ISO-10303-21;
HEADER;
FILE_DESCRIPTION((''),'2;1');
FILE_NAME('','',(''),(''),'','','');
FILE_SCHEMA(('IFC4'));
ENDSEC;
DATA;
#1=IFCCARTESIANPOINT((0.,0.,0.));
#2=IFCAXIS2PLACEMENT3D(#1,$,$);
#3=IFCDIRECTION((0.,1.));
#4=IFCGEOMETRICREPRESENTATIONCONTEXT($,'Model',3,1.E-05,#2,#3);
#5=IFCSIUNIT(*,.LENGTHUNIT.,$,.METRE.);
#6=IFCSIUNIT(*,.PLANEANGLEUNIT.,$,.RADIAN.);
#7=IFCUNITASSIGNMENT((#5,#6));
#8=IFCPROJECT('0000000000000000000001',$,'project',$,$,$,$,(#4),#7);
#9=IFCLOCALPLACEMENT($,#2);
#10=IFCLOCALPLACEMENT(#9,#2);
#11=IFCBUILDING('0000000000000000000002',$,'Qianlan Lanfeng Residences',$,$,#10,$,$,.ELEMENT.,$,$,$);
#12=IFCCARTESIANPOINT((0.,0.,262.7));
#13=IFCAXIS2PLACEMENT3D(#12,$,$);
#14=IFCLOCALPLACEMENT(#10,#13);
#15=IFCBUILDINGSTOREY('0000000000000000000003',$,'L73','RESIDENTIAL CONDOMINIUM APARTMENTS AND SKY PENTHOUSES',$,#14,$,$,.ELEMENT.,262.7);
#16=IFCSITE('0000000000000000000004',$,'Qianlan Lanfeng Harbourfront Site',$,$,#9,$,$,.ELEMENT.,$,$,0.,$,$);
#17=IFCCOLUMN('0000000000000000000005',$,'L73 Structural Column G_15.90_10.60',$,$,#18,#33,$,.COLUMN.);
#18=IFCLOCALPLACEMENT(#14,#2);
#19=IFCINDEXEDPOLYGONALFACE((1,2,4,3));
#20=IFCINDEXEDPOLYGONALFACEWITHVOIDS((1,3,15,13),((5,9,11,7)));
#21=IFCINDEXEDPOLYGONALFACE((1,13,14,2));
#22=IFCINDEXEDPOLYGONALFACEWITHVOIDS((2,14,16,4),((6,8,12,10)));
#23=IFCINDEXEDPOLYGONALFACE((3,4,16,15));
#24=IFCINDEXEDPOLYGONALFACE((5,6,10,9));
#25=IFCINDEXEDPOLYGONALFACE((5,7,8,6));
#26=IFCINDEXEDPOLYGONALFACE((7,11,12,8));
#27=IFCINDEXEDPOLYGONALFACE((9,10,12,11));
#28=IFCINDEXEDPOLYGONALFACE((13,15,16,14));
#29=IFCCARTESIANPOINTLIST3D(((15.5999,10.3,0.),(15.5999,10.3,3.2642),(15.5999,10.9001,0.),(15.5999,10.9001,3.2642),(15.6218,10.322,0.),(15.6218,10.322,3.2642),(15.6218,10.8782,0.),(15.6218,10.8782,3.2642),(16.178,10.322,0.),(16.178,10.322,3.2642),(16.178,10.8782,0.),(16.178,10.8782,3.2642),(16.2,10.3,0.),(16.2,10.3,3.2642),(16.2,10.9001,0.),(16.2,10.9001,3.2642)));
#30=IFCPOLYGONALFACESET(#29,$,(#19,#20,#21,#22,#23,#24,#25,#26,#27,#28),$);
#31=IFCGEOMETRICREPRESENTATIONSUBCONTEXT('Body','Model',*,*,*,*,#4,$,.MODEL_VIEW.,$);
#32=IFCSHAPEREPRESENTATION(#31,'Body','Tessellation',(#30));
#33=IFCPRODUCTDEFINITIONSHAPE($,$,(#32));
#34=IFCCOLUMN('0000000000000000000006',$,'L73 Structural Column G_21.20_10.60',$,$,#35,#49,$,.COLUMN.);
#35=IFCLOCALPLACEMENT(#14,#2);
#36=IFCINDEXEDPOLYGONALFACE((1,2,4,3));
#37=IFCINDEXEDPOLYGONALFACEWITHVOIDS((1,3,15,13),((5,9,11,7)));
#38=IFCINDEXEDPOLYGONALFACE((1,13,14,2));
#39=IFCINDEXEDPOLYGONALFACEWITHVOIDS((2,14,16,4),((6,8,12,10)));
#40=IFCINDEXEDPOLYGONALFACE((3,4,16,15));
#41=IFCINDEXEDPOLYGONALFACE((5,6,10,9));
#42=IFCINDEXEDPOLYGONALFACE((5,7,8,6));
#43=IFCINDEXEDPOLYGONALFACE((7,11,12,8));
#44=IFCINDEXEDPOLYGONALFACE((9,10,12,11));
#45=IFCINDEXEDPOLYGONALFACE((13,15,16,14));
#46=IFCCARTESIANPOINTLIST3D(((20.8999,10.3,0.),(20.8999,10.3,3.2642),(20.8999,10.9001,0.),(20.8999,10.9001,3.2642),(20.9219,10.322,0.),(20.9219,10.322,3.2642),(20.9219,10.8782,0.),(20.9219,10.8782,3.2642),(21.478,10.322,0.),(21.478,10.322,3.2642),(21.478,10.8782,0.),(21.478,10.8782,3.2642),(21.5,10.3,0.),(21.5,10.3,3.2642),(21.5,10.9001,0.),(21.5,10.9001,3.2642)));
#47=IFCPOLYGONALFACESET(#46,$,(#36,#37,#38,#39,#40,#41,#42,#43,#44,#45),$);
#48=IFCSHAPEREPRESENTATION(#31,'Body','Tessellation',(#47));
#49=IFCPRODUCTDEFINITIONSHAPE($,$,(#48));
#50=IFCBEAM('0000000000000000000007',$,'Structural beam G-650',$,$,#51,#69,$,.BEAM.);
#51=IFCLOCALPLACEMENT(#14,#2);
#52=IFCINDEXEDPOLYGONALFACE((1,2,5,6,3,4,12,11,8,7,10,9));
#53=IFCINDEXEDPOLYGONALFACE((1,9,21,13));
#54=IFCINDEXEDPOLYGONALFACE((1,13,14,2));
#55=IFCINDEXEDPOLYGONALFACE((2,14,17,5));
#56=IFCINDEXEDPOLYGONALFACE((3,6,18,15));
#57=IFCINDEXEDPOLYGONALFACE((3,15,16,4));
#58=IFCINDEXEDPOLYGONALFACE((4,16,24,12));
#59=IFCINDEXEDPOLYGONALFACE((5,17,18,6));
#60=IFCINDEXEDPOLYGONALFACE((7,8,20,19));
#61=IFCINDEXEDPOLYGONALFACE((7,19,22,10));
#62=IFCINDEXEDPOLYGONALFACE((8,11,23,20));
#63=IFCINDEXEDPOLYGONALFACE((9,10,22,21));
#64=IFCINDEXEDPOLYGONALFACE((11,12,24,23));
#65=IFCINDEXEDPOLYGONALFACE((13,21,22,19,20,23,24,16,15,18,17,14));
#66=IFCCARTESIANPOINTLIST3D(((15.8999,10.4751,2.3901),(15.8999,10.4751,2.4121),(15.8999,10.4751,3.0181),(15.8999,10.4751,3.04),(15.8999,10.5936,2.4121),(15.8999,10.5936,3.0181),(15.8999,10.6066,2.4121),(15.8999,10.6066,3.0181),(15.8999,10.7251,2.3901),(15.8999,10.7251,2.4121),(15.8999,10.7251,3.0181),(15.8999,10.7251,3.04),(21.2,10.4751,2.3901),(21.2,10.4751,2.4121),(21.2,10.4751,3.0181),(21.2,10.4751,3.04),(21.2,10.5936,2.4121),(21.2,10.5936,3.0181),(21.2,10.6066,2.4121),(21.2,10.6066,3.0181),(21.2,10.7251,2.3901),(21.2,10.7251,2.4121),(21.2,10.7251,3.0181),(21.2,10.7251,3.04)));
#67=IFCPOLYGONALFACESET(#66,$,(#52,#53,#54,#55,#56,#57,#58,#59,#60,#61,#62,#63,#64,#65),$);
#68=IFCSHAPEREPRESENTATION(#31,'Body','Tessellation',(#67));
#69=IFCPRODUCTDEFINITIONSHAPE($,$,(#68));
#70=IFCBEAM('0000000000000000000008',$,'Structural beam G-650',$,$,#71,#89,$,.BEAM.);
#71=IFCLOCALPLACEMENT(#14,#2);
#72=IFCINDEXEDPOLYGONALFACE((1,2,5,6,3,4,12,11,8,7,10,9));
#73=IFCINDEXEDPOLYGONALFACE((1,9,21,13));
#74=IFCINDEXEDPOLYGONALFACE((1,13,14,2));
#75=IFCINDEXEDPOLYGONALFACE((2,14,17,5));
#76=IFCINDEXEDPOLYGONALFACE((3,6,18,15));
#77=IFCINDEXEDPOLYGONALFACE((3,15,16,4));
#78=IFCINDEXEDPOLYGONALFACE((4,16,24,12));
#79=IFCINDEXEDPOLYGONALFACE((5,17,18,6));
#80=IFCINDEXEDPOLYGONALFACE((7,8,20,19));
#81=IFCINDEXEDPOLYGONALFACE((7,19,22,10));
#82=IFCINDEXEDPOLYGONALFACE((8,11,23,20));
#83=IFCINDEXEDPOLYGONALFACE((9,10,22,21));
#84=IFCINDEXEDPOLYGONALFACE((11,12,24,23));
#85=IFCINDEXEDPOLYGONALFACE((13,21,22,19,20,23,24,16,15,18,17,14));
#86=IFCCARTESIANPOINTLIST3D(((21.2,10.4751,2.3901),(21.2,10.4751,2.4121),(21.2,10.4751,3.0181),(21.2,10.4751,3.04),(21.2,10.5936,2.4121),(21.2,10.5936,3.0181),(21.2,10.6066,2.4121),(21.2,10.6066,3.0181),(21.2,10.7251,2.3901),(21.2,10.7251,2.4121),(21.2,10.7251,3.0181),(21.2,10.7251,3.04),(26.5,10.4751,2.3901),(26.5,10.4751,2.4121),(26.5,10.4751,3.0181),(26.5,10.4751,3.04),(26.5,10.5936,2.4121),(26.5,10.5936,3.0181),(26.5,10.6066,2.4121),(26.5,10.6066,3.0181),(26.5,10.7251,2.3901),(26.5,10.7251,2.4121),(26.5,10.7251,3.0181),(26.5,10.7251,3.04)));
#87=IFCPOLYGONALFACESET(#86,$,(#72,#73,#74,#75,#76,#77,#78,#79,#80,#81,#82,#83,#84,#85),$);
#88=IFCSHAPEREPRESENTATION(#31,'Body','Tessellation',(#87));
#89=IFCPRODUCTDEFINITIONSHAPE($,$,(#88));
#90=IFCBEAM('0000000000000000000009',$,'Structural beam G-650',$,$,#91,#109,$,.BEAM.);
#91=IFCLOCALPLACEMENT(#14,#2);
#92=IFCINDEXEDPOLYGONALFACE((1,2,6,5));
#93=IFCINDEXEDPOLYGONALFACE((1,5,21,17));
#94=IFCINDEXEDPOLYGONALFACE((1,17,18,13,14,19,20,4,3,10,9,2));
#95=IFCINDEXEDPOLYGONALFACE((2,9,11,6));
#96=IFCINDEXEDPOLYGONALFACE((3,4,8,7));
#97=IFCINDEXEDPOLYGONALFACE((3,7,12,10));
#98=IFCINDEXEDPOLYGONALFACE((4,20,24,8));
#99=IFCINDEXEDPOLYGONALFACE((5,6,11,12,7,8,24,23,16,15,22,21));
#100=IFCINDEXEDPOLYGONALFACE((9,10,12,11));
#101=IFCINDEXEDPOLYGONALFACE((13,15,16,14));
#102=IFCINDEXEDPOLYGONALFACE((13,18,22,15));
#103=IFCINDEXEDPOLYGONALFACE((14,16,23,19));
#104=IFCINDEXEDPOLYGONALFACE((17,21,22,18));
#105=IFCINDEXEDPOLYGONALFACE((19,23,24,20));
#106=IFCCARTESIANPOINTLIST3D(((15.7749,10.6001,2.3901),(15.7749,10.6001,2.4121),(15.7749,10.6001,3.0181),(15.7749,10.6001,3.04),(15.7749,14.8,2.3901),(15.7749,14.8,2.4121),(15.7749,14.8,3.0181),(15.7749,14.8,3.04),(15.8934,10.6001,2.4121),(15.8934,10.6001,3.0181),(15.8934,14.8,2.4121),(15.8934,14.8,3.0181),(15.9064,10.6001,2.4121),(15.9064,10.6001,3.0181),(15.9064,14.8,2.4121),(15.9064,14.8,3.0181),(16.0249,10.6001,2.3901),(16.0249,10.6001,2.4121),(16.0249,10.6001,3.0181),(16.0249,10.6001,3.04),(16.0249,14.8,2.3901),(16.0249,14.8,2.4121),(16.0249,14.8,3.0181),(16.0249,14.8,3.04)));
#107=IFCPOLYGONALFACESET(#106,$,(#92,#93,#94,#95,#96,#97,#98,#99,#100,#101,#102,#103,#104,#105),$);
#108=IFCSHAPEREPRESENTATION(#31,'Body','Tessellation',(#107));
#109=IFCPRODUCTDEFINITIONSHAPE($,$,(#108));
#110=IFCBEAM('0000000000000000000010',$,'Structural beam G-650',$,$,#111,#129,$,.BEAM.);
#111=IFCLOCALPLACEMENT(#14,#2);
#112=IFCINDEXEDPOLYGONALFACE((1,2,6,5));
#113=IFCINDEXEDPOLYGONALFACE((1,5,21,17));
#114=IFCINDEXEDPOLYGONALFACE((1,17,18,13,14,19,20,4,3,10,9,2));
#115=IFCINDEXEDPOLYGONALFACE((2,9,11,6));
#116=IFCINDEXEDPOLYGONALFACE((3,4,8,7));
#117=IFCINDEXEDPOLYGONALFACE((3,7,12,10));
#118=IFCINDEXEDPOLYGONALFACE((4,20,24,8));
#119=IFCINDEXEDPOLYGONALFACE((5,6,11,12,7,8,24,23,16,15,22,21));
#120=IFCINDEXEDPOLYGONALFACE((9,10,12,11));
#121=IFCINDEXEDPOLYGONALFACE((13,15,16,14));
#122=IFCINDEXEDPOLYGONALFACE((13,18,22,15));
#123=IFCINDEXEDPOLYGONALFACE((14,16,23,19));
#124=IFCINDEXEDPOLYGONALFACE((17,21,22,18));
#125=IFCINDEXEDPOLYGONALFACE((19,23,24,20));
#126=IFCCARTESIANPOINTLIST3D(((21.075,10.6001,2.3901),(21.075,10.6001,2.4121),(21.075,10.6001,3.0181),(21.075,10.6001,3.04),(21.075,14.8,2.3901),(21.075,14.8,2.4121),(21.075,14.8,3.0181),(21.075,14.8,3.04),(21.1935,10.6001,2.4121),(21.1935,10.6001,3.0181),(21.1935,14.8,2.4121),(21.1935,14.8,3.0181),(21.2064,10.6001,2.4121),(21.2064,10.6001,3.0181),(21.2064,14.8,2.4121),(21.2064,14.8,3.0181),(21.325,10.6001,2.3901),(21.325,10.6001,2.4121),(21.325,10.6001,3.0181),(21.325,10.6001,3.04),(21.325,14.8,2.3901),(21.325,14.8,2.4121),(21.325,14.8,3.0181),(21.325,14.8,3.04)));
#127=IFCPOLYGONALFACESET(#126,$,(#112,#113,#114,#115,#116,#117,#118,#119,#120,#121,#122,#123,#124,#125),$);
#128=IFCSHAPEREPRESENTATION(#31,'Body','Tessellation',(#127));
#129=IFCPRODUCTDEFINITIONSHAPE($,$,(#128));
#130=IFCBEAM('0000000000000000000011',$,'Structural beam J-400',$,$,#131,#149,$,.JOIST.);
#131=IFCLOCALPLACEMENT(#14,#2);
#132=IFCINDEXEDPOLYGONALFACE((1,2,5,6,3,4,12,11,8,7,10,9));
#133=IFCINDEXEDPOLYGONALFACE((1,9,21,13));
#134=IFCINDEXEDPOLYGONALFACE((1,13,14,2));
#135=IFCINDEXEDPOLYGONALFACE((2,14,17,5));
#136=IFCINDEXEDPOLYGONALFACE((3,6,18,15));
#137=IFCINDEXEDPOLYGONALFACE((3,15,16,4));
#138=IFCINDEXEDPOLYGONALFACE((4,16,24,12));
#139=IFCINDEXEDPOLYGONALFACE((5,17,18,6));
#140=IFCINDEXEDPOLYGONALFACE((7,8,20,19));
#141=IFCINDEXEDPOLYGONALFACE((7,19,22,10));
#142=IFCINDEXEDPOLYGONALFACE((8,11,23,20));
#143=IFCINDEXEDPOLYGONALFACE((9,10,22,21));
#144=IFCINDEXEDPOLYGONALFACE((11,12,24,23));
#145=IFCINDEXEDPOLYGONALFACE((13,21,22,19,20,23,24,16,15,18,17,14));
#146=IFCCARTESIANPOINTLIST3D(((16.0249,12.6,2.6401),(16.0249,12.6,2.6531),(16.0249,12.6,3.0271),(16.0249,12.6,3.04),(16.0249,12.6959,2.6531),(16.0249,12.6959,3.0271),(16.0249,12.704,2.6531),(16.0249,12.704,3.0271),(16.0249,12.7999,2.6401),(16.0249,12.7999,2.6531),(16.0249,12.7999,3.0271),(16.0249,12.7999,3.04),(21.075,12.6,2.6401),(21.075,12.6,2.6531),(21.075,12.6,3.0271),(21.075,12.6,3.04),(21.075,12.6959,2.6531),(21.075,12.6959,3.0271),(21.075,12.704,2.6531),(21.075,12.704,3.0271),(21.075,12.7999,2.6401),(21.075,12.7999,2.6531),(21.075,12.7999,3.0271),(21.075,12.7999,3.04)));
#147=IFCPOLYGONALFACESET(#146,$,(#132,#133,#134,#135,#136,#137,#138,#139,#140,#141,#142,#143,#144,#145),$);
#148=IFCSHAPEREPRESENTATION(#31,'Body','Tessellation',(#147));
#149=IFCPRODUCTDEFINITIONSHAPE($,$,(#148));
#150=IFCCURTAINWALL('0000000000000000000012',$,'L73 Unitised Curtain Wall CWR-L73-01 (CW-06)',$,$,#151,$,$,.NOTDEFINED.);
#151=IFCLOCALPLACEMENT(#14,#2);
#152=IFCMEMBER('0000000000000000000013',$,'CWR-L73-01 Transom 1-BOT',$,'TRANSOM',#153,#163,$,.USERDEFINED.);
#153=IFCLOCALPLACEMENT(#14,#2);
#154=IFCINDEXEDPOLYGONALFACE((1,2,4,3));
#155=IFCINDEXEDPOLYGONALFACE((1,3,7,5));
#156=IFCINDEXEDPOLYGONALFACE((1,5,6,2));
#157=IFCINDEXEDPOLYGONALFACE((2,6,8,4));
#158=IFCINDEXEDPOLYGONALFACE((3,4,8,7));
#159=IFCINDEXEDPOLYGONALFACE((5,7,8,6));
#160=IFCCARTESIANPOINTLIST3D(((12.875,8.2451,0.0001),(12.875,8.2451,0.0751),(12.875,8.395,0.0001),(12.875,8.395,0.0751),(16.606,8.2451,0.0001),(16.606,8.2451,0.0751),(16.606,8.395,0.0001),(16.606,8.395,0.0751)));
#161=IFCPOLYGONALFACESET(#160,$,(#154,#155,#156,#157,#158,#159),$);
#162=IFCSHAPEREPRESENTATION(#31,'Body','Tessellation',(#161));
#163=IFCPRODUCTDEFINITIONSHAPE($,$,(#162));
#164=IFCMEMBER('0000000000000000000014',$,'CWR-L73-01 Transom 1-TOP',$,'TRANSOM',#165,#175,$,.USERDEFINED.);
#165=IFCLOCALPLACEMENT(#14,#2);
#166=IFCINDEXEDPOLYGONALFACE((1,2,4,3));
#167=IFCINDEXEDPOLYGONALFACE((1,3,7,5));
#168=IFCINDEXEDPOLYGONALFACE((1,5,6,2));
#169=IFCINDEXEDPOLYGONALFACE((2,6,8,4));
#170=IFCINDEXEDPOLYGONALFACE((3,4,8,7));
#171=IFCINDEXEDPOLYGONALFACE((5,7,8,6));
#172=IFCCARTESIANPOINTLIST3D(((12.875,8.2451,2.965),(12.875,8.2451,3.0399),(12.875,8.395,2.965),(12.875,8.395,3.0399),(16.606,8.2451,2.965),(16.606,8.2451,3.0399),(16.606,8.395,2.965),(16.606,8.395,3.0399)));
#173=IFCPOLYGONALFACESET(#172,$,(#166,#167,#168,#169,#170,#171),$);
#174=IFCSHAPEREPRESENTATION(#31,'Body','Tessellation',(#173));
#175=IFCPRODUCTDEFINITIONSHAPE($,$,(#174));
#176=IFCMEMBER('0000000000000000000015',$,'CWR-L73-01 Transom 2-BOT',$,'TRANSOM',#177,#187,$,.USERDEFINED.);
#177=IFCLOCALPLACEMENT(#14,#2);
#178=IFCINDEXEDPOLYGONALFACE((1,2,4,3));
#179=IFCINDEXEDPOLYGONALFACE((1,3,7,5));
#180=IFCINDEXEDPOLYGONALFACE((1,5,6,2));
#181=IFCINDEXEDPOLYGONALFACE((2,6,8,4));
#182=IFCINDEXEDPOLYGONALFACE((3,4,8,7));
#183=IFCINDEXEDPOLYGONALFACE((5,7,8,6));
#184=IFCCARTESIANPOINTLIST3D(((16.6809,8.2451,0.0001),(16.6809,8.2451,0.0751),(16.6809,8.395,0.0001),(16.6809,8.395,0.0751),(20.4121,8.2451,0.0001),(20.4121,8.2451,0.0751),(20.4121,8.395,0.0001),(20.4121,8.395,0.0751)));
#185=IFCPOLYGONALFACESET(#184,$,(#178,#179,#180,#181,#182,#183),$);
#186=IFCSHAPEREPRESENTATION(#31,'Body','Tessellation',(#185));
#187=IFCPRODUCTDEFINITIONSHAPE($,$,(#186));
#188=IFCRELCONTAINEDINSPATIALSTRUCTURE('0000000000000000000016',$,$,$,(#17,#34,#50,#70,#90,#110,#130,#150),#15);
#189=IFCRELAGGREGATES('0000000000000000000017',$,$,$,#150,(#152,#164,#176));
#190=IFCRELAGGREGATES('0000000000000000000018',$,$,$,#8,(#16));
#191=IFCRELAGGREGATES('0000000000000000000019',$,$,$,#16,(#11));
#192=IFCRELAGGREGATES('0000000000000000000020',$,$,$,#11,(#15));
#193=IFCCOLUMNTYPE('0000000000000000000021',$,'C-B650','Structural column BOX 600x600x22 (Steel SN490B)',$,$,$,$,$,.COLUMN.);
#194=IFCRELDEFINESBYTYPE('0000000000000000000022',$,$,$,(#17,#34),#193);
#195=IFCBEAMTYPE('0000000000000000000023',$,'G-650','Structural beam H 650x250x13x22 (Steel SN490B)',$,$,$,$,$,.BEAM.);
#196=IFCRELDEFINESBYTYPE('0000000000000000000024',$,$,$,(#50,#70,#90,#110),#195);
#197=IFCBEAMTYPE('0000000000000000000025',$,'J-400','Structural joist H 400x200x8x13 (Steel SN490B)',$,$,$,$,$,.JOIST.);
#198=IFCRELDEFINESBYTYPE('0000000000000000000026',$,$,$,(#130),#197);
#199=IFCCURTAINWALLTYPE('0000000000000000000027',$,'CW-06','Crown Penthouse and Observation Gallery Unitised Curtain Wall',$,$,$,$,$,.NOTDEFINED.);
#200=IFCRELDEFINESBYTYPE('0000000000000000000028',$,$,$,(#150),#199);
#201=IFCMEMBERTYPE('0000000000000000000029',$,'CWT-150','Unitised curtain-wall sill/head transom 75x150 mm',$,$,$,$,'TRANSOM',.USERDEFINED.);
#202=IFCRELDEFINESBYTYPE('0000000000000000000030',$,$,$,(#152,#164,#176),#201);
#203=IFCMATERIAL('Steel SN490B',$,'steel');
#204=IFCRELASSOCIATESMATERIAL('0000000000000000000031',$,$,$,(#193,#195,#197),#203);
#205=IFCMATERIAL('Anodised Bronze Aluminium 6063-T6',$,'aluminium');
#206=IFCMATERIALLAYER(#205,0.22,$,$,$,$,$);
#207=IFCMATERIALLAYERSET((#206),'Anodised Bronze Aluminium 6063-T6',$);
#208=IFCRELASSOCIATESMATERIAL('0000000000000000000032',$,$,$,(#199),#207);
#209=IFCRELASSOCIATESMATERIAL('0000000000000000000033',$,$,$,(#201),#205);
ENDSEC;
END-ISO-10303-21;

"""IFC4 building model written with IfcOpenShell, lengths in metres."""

from ifc_helpers import new_model, si_unit, direction, frame, origin, origin_2d, place, context, subcontext, project, spatial, rectangle, hollow_rectangle, i_section, extrude, source, transform, mapped, material, layer, layer_set, material_profile, profile_set, type_object, element, aggregate, save


model = new_model("IFC4")

# Units and contexts
model_context = context("Model", 3, precision=1e-05, world=origin(), true_north=direction((0.0, 1.0)))
body_context = subcontext(model_context, "Body", "Model", "MODEL_VIEW")
ifc_project = project(units=[si_unit("LENGTHUNIT", "METRE"), si_unit("PLANEANGLEUNIT", "RADIAN")], contexts=[model_context])

# Site, building, storey
site_placement = place(None, origin())
site = spatial("IfcSite", under=ifc_project, at=site_placement, Name="Qianlan Lanfeng Harbourfront Site", CompositionType="ELEMENT", RefElevation=0.0)
building_placement = place(site_placement, origin())
building = spatial("IfcBuilding", under=site, at=building_placement, Name="Qianlan Lanfeng Residences", CompositionType="ELEMENT")
storey_placement = place(building_placement, frame((0.0, 0.0, 262.7)))
storey = spatial("IfcBuildingStorey", under=building, at=storey_placement, Name="L73", Description="RESIDENTIAL CONDOMINIUM APARTMENTS AND SKY PENTHOUSES", CompositionType="ELEMENT", Elevation=262.7)

# Columns
ifc_material_1 = material(Name="Steel SN490B", Category="steel")
ifc_material_profile_1 = material_profile(ifc_material_1, hollow_rectangle(XDim=0.6001, YDim=0.6001, WallThickness=0.022, at=origin_2d()), Name="BOX 600x600x22")
ifc_profile_set_1 = profile_set([ifc_material_profile_1], Name="Steel SN490B")
column_type = type_object("IfcColumnType", Name="C-B650", Description="Structural column BOX 600x600x22 (Steel SN490B)", PredefinedType="COLUMN", material=ifc_profile_set_1)
for number, where, z_axis, x_axis, name in (
    (1, (15.8999, 10.6001, 0.0), (0.0, 0.0, 1.0), (1.0, 0.0, 0.0), "L73 Structural Column G_15.90_10.60"),
    (2, (21.2, 10.6001, 0.0), (0.0, 0.0, 1.0), (1.0, 0.0, 0.0), "L73 Structural Column G_21.20_10.60"),
):
    element("IfcColumn", number, at=place(storey_placement, frame(where, z_axis=z_axis, x_axis=x_axis)), inside=storey, type_object=column_type, Name=name, PredefinedType="COLUMN", context=body_context, shape_type="SweptSolid", body=[
        extrude(hollow_rectangle(XDim=0.6001, YDim=0.6001, WallThickness=0.022, at=origin_2d()), origin(), (0.0, 0.0, 1.0), 3.2642),
    ])

# Beams
ifc_material_profile_2 = material_profile(ifc_material_1, i_section(OverallWidth=0.25, OverallDepth=0.6499, WebThickness=0.0129, FlangeThickness=0.022, at=origin_2d()), Name="H 650x250x13x22")
ifc_profile_set_2 = profile_set([ifc_material_profile_2], Name="Steel SN490B")
beam_type_1 = type_object("IfcBeamType", Name="G-650", Description="Structural beam H 650x250x13x22 (Steel SN490B)", PredefinedType="BEAM", material=ifc_profile_set_2)
for number, where, z_axis, x_axis, name in (
    (3, (15.8999, 10.6001, 2.7151), (1.0, 0.0, 0.0), (0.0, 1.0, 0.0), "Structural beam G-650"),
    (4, (21.2, 10.6001, 2.7151), (1.0, 0.0, 0.0), (0.0, 1.0, 0.0), "Structural beam G-650"),
):
    element("IfcBeam", number, at=place(storey_placement, frame(where, z_axis=z_axis, x_axis=x_axis)), inside=storey, type_object=beam_type_1, Name=name, PredefinedType="BEAM", context=body_context, shape_type="SweptSolid", body=[
        extrude(i_section(OverallWidth=0.25, OverallDepth=0.6499, WebThickness=0.0129, FlangeThickness=0.022, at=origin_2d()), origin(), (0.0, 0.0, 1.0), 5.3),
    ])
for number, where, z_axis, x_axis, name in (
    (5, (15.8999, 10.6001, 2.7151), (0.0, 1.0, 0.0), (-1.0, 0.0, 0.0), "Structural beam G-650"),
    (6, (21.2, 10.6001, 2.7151), (0.0, 1.0, 0.0), (-1.0, 0.0, 0.0), "Structural beam G-650"),
):
    element("IfcBeam", number, at=place(storey_placement, frame(where, z_axis=z_axis, x_axis=x_axis)), inside=storey, type_object=beam_type_1, Name=name, PredefinedType="BEAM", context=body_context, shape_type="SweptSolid", body=[
        extrude(i_section(OverallWidth=0.25, OverallDepth=0.6499, WebThickness=0.0129, FlangeThickness=0.022, at=origin_2d()), origin(), (0.0, 0.0, 1.0), 4.2),
    ])
ifc_material_profile_3 = material_profile(ifc_material_1, i_section(OverallWidth=0.2, OverallDepth=0.3999, WebThickness=0.0081, FlangeThickness=0.0129, at=origin_2d()), Name="H 400x200x8x13")
ifc_profile_set_3 = profile_set([ifc_material_profile_3], Name="Steel SN490B")
beam_type_2 = type_object("IfcBeamType", Name="J-400", Description="Structural joist H 400x200x8x13 (Steel SN490B)", PredefinedType="JOIST", material=ifc_profile_set_3)
beam_placement = place(storey_placement, frame((16.0249, 12.7, 2.8401), z_axis=(1.0, 0.0, 0.0), x_axis=(0.0, 1.0, 0.0)))
element("IfcBeam", 7, at=beam_placement, inside=storey, type_object=beam_type_2, Name="Structural beam J-400", PredefinedType="JOIST", context=body_context, shape_type="SweptSolid", body=[
    extrude(i_section(OverallWidth=0.2, OverallDepth=0.3999, WebThickness=0.0081, FlangeThickness=0.0129, at=origin_2d()), origin(), (0.0, 0.0, 1.0), 5.05),
])

# Curtain wall, members
ifc_material_2 = material(Name="Anodised Bronze Aluminium 6063-T6", Category="aluminium")
ifc_layer_1 = layer(ifc_material_2, 0.22)
ifc_layer_set_1 = layer_set([ifc_layer_1], Name="Anodised Bronze Aluminium 6063-T6")
curtain_wall_type = type_object("IfcCurtainWallType", Name="CW-06", Description="Crown Penthouse and Observation Gallery Unitised Curtain Wall", PredefinedType="NOTDEFINED", material=ifc_layer_set_1)
curtain_wall_1_placement = place(storey_placement, origin())
curtain_wall_1 = element("IfcCurtainWall", 8, at=curtain_wall_1_placement, inside=storey, type_object=curtain_wall_type, Name="L73 Unitised Curtain Wall CWR-L73-01 (CW-06)", PredefinedType="NOTDEFINED")
ifc_material_profile_4 = material_profile(ifc_material_2, rectangle(XDim=0.075, YDim=0.1499, at=origin_2d()), Name="ALU TRANSOM 75x150")
ifc_profile_set_4 = profile_set([ifc_material_profile_4], Name="Anodised Bronze Aluminium 6063-T6")
member_type_1 = type_object("IfcMemberType", Name="CWT-150", Description="Unitised curtain-wall sill/head transom 75x150 mm", ElementType="TRANSOM", PredefinedType="USERDEFINED", material=ifc_profile_set_4)
shared_shape_1 = source(origin(), body_context, "Body", "SweptSolid", [
    extrude(rectangle(XDim=0.075, YDim=0.1499, at=origin_2d()), origin(), (0.0, 0.0, 1.0), 3.731),
])
member_1_placement = place(storey_placement, frame((12.875, 8.3201, 0.0376), z_axis=(1.0, 0.0, 0.0), x_axis=(0.0, 0.0, 1.0)))
member_1 = element("IfcMember", 9, at=member_1_placement, type_object=member_type_1, Name="CWR-L73-01 Transom 1-BOT", ObjectType="TRANSOM", PredefinedType="USERDEFINED", context=body_context, shape_type="MappedRepresentation", body=[
    mapped(shared_shape_1, transform((0.0, 0.0, 0.0), scale=1.0)),
])
member_2_placement = place(storey_placement, frame((12.875, 8.3201, 3.0024), z_axis=(1.0, 0.0, 0.0), x_axis=(0.0, 0.0, 1.0)))
member_2 = element("IfcMember", 10, at=member_2_placement, type_object=member_type_1, Name="CWR-L73-01 Transom 1-TOP", ObjectType="TRANSOM", PredefinedType="USERDEFINED", context=body_context, shape_type="MappedRepresentation", body=[
    mapped(shared_shape_1, transform((0.0, 0.0, 0.0), scale=1.0)),
])
shared_shape_2 = source(origin(), body_context, "Body", "SweptSolid", [
    extrude(rectangle(XDim=0.075, YDim=0.1499, at=origin_2d()), origin(), (0.0, 0.0, 1.0), 3.7312),
])
member_3_placement = place(storey_placement, frame((16.6809, 8.3201, 0.0376), z_axis=(1.0, 0.0, 0.0), x_axis=(0.0, 0.0, 1.0)))
member_3 = element("IfcMember", 11, at=member_3_placement, type_object=member_type_1, Name="CWR-L73-01 Transom 2-BOT", ObjectType="TRANSOM", PredefinedType="USERDEFINED", context=body_context, shape_type="MappedRepresentation", body=[
    mapped(shared_shape_2, transform((0.0, 0.0, 0.0), scale=1.0)),
])

aggregate(curtain_wall_1, [member_1, member_2, member_3])

save(model, "model.ifc")
